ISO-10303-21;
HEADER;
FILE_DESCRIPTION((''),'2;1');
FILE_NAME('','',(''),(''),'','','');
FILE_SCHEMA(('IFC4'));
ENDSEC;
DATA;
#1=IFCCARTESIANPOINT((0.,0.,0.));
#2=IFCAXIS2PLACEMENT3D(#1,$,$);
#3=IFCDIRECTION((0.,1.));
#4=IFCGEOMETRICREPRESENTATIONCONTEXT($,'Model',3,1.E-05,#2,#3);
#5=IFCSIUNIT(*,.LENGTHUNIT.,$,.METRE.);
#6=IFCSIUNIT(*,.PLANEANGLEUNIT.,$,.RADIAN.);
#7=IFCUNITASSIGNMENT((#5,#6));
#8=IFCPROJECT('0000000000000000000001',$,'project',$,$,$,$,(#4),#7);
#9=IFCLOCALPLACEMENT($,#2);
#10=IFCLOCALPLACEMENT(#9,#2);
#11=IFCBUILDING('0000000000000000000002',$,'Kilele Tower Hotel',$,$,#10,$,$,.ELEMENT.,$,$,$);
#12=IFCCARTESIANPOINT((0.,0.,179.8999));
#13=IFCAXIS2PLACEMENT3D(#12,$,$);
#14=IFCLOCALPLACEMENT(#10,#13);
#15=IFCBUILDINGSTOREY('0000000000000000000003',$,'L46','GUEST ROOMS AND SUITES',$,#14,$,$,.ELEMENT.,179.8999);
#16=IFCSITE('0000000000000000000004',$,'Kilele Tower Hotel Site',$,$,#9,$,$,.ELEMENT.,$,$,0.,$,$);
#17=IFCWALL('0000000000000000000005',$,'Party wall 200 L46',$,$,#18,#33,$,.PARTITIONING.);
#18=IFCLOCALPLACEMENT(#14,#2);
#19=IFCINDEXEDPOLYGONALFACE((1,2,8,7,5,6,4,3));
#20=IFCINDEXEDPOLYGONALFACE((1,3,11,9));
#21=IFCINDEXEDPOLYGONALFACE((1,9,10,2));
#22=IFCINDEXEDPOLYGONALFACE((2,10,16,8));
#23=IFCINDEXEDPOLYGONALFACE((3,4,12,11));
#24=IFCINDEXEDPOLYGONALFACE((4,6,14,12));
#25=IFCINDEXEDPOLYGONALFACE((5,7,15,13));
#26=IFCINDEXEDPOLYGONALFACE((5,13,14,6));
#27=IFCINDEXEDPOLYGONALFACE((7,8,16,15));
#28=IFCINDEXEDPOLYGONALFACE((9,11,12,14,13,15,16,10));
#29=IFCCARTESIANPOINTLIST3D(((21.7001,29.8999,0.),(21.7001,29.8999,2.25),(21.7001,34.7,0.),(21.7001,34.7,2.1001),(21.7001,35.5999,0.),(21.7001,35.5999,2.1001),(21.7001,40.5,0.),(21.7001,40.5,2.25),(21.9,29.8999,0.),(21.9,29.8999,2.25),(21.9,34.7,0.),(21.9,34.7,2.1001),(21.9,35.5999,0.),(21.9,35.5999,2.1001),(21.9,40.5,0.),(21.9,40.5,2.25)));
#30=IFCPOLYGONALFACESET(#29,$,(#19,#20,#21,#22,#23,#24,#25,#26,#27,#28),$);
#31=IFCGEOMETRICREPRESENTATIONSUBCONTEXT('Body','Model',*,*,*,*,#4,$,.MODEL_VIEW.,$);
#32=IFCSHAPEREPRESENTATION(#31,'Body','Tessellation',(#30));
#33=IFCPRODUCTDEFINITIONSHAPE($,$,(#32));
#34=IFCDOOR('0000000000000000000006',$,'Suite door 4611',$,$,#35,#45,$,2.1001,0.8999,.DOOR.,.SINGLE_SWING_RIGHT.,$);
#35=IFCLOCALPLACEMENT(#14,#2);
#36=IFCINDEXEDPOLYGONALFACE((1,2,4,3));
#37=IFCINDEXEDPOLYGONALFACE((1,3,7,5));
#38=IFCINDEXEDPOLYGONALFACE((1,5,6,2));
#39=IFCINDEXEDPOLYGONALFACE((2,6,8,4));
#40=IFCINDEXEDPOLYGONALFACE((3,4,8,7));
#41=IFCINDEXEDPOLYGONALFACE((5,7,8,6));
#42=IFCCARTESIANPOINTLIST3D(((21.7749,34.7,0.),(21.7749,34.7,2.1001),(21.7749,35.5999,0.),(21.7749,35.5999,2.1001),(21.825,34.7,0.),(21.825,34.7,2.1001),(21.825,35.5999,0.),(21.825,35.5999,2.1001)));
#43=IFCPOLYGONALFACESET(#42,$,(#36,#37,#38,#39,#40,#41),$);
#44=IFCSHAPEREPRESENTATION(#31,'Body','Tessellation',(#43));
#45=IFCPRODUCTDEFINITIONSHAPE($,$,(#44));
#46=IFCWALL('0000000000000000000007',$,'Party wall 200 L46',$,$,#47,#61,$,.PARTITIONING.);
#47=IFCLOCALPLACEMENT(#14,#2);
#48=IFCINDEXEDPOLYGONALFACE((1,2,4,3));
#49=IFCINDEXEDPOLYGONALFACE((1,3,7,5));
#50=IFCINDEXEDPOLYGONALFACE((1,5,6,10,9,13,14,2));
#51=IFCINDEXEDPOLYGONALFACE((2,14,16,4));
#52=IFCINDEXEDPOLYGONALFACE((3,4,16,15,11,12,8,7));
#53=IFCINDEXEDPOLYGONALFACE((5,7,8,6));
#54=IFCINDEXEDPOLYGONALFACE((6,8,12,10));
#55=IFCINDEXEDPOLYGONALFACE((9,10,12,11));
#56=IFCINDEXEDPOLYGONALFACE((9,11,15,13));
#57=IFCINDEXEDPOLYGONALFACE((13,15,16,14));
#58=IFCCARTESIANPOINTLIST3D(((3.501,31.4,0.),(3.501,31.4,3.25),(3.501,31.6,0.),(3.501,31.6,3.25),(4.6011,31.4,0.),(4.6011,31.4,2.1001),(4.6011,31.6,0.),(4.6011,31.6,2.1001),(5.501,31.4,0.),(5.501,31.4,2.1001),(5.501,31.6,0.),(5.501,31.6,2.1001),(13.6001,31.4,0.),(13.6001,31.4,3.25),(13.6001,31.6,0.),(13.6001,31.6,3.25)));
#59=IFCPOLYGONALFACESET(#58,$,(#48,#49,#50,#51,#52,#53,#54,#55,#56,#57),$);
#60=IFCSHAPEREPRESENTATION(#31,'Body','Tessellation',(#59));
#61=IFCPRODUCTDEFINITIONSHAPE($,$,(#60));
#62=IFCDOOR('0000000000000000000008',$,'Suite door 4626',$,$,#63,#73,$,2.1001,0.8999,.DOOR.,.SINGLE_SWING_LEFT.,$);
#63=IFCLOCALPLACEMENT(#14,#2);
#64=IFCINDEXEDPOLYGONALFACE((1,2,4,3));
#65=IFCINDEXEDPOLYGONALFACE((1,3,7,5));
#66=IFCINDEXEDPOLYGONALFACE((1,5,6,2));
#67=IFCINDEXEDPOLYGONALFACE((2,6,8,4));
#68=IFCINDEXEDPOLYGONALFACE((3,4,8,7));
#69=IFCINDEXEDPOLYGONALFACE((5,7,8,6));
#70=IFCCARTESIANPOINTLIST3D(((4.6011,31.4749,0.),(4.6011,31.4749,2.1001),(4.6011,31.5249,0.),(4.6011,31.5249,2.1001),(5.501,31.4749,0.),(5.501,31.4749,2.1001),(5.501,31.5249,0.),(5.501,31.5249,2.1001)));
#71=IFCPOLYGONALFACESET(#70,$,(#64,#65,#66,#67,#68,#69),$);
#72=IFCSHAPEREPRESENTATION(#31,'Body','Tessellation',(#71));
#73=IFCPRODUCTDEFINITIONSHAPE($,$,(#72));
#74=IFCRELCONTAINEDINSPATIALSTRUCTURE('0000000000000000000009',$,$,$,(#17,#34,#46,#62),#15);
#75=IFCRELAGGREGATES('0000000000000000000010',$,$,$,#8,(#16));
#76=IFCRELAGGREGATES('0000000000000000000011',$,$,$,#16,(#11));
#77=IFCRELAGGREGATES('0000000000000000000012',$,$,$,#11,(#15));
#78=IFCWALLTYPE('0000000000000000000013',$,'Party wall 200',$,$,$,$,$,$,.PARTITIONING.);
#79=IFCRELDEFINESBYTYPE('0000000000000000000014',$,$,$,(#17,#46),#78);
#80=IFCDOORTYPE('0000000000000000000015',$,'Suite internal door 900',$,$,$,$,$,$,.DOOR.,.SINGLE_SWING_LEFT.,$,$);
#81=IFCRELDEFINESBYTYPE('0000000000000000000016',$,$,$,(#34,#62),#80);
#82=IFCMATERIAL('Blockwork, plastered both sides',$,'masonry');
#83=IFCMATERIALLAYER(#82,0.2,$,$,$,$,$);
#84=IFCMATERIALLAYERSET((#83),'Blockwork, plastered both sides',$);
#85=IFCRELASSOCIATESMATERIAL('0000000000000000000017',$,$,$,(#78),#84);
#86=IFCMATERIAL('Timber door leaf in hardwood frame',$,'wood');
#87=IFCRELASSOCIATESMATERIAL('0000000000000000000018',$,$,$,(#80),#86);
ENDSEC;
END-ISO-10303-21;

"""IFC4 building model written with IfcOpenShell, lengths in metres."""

from ifc_helpers import new_model, si_unit, direction, frame, frame_2d, origin, place, context, subcontext, project, spatial, rectangle, extrude, material, layer, layer_set, type_object, element, fill, save


model = new_model("IFC4")

# Units and contexts
model_context = context("Model", 3, precision=1e-05, world=origin(), true_north=direction((0.0, 1.0)))
body_context = subcontext(model_context, "Body", "Model", "MODEL_VIEW")
ifc_project = project(units=[si_unit("LENGTHUNIT", "METRE"), si_unit("PLANEANGLEUNIT", "RADIAN")], contexts=[model_context])

# Site, building, storey
site_placement = place(None, origin())
site = spatial("IfcSite", under=ifc_project, at=site_placement, Name="Kilele Tower Hotel Site", CompositionType="ELEMENT", RefElevation=0.0)
building_placement = place(site_placement, origin())
building = spatial("IfcBuilding", under=site, at=building_placement, Name="Kilele Tower Hotel", CompositionType="ELEMENT")
storey_placement = place(building_placement, frame((0.0, 0.0, 179.8999)))
storey = spatial("IfcBuildingStorey", under=building, at=storey_placement, Name="L46", Description="GUEST ROOMS AND SUITES", CompositionType="ELEMENT", Elevation=179.8999)

# Walls, openings, doors
ifc_material_1 = material(Name="Blockwork, plastered both sides", Category="masonry")
ifc_layer_1 = layer(ifc_material_1, 0.2)
ifc_layer_set_1 = layer_set([ifc_layer_1], Name="Blockwork, plastered both sides")
wall_type_1 = type_object("IfcWallType", Name="Party wall 200", PredefinedType="PARTITIONING", material=ifc_layer_set_1)
wall_1_placement = place(storey_placement, frame((21.8, 29.8999, 0.0), z_axis=(0.0, 0.0, 1.0), x_axis=(0.0, 1.0, 0.0)))
wall_1 = element("IfcWall", 1, at=wall_1_placement, inside=storey, type_object=wall_type_1, Name="Party wall 200 L46", PredefinedType="PARTITIONING", context=body_context, shape_type="SweptSolid", body=[
    extrude(rectangle(XDim=10.6001, YDim=0.2, at=frame_2d((5.3, 0.0))), origin(), (0.0, 0.0, 1.0), 2.25),
])
opening_1_placement = place(wall_1_placement, frame((5.7, 0.0, 0.0), z_axis=(0.0, 0.0, 1.0), x_axis=(-1.0, 0.0, 0.0)))
opening_1 = element("IfcOpeningElement", 2, at=opening_1_placement, cuts=wall_1, PredefinedType="OPENING", context=body_context, shape_type="SweptSolid", body=[
    extrude(rectangle(XDim=0.8999, YDim=2.1001, at=frame_2d((0.45, 1.05))), frame((0.0, 0.1099, 0.0), z_axis=(0.0, -1.0, 0.0), x_axis=(1.0, 0.0, 0.0)), (0.0, 0.0, 1.0), 0.22),
])
ifc_material_2 = material(Name="Timber door leaf in hardwood frame", Category="wood")
door_type_1 = type_object("IfcDoorType", Name="Suite internal door 900", OperationType="SINGLE_SWING_LEFT", PredefinedType="DOOR", material=ifc_material_2)
door_1_placement = place(opening_1_placement, origin())
door_1 = element("IfcDoor", 3, at=door_1_placement, inside=storey, type_object=door_type_1, Name="Suite door 4611", OperationType="SINGLE_SWING_RIGHT", OverallHeight=2.1001, OverallWidth=0.8999, PredefinedType="DOOR", context=body_context, shape_type="SweptSolid", body=[
    extrude(rectangle(XDim=0.8999, YDim=2.1001, at=frame_2d((0.45, 1.05))), frame((0.0, 0.0249, 0.0), z_axis=(0.0, -1.0, 0.0), x_axis=(1.0, 0.0, 0.0)), (0.0, 0.0, 1.0), 0.05),
])
fill(opening_1, door_1)
wall_2_placement = place(storey_placement, frame((13.6001, 31.5, 0.0), z_axis=(0.0, 0.0, 1.0), x_axis=(-1.0, 0.0, 0.0)))
wall_2 = element("IfcWall", 4, at=wall_2_placement, inside=storey, type_object=wall_type_1, Name="Party wall 200 L46", PredefinedType="PARTITIONING", context=body_context, shape_type="SweptSolid", body=[
    extrude(rectangle(XDim=10.0991, YDim=0.2, at=frame_2d((5.0496, 0.0))), origin(), (0.0, 0.0, 1.0), 3.25),
])
opening_2_placement = place(wall_2_placement, frame((8.999, 0.0, 0.0), z_axis=(0.0, 0.0, 1.0), x_axis=(-1.0, 0.0, 0.0)))
opening_2 = element("IfcOpeningElement", 5, at=opening_2_placement, cuts=wall_2, PredefinedType="OPENING", context=body_context, shape_type="SweptSolid", body=[
    extrude(rectangle(XDim=0.8999, YDim=2.1001, at=frame_2d((0.45, 1.05))), frame((0.0, 0.1099, 0.0), z_axis=(0.0, -1.0, 0.0), x_axis=(1.0, 0.0, 0.0)), (0.0, 0.0, 1.0), 0.22),
])
door_2_placement = place(opening_2_placement, origin())
door_2 = element("IfcDoor", 6, at=door_2_placement, inside=storey, type_object=door_type_1, Name="Suite door 4626", OperationType="SINGLE_SWING_LEFT", OverallHeight=2.1001, OverallWidth=0.8999, PredefinedType="DOOR", context=body_context, shape_type="SweptSolid", body=[
    extrude(rectangle(XDim=0.8999, YDim=2.1001, at=frame_2d((0.45, 1.05))), frame((0.0, 0.0249, 0.0), z_axis=(0.0, -1.0, 0.0), x_axis=(1.0, 0.0, 0.0)), (0.0, 0.0, 1.0), 0.05),
])
fill(opening_2, door_2)

save(model, "model.ifc")
